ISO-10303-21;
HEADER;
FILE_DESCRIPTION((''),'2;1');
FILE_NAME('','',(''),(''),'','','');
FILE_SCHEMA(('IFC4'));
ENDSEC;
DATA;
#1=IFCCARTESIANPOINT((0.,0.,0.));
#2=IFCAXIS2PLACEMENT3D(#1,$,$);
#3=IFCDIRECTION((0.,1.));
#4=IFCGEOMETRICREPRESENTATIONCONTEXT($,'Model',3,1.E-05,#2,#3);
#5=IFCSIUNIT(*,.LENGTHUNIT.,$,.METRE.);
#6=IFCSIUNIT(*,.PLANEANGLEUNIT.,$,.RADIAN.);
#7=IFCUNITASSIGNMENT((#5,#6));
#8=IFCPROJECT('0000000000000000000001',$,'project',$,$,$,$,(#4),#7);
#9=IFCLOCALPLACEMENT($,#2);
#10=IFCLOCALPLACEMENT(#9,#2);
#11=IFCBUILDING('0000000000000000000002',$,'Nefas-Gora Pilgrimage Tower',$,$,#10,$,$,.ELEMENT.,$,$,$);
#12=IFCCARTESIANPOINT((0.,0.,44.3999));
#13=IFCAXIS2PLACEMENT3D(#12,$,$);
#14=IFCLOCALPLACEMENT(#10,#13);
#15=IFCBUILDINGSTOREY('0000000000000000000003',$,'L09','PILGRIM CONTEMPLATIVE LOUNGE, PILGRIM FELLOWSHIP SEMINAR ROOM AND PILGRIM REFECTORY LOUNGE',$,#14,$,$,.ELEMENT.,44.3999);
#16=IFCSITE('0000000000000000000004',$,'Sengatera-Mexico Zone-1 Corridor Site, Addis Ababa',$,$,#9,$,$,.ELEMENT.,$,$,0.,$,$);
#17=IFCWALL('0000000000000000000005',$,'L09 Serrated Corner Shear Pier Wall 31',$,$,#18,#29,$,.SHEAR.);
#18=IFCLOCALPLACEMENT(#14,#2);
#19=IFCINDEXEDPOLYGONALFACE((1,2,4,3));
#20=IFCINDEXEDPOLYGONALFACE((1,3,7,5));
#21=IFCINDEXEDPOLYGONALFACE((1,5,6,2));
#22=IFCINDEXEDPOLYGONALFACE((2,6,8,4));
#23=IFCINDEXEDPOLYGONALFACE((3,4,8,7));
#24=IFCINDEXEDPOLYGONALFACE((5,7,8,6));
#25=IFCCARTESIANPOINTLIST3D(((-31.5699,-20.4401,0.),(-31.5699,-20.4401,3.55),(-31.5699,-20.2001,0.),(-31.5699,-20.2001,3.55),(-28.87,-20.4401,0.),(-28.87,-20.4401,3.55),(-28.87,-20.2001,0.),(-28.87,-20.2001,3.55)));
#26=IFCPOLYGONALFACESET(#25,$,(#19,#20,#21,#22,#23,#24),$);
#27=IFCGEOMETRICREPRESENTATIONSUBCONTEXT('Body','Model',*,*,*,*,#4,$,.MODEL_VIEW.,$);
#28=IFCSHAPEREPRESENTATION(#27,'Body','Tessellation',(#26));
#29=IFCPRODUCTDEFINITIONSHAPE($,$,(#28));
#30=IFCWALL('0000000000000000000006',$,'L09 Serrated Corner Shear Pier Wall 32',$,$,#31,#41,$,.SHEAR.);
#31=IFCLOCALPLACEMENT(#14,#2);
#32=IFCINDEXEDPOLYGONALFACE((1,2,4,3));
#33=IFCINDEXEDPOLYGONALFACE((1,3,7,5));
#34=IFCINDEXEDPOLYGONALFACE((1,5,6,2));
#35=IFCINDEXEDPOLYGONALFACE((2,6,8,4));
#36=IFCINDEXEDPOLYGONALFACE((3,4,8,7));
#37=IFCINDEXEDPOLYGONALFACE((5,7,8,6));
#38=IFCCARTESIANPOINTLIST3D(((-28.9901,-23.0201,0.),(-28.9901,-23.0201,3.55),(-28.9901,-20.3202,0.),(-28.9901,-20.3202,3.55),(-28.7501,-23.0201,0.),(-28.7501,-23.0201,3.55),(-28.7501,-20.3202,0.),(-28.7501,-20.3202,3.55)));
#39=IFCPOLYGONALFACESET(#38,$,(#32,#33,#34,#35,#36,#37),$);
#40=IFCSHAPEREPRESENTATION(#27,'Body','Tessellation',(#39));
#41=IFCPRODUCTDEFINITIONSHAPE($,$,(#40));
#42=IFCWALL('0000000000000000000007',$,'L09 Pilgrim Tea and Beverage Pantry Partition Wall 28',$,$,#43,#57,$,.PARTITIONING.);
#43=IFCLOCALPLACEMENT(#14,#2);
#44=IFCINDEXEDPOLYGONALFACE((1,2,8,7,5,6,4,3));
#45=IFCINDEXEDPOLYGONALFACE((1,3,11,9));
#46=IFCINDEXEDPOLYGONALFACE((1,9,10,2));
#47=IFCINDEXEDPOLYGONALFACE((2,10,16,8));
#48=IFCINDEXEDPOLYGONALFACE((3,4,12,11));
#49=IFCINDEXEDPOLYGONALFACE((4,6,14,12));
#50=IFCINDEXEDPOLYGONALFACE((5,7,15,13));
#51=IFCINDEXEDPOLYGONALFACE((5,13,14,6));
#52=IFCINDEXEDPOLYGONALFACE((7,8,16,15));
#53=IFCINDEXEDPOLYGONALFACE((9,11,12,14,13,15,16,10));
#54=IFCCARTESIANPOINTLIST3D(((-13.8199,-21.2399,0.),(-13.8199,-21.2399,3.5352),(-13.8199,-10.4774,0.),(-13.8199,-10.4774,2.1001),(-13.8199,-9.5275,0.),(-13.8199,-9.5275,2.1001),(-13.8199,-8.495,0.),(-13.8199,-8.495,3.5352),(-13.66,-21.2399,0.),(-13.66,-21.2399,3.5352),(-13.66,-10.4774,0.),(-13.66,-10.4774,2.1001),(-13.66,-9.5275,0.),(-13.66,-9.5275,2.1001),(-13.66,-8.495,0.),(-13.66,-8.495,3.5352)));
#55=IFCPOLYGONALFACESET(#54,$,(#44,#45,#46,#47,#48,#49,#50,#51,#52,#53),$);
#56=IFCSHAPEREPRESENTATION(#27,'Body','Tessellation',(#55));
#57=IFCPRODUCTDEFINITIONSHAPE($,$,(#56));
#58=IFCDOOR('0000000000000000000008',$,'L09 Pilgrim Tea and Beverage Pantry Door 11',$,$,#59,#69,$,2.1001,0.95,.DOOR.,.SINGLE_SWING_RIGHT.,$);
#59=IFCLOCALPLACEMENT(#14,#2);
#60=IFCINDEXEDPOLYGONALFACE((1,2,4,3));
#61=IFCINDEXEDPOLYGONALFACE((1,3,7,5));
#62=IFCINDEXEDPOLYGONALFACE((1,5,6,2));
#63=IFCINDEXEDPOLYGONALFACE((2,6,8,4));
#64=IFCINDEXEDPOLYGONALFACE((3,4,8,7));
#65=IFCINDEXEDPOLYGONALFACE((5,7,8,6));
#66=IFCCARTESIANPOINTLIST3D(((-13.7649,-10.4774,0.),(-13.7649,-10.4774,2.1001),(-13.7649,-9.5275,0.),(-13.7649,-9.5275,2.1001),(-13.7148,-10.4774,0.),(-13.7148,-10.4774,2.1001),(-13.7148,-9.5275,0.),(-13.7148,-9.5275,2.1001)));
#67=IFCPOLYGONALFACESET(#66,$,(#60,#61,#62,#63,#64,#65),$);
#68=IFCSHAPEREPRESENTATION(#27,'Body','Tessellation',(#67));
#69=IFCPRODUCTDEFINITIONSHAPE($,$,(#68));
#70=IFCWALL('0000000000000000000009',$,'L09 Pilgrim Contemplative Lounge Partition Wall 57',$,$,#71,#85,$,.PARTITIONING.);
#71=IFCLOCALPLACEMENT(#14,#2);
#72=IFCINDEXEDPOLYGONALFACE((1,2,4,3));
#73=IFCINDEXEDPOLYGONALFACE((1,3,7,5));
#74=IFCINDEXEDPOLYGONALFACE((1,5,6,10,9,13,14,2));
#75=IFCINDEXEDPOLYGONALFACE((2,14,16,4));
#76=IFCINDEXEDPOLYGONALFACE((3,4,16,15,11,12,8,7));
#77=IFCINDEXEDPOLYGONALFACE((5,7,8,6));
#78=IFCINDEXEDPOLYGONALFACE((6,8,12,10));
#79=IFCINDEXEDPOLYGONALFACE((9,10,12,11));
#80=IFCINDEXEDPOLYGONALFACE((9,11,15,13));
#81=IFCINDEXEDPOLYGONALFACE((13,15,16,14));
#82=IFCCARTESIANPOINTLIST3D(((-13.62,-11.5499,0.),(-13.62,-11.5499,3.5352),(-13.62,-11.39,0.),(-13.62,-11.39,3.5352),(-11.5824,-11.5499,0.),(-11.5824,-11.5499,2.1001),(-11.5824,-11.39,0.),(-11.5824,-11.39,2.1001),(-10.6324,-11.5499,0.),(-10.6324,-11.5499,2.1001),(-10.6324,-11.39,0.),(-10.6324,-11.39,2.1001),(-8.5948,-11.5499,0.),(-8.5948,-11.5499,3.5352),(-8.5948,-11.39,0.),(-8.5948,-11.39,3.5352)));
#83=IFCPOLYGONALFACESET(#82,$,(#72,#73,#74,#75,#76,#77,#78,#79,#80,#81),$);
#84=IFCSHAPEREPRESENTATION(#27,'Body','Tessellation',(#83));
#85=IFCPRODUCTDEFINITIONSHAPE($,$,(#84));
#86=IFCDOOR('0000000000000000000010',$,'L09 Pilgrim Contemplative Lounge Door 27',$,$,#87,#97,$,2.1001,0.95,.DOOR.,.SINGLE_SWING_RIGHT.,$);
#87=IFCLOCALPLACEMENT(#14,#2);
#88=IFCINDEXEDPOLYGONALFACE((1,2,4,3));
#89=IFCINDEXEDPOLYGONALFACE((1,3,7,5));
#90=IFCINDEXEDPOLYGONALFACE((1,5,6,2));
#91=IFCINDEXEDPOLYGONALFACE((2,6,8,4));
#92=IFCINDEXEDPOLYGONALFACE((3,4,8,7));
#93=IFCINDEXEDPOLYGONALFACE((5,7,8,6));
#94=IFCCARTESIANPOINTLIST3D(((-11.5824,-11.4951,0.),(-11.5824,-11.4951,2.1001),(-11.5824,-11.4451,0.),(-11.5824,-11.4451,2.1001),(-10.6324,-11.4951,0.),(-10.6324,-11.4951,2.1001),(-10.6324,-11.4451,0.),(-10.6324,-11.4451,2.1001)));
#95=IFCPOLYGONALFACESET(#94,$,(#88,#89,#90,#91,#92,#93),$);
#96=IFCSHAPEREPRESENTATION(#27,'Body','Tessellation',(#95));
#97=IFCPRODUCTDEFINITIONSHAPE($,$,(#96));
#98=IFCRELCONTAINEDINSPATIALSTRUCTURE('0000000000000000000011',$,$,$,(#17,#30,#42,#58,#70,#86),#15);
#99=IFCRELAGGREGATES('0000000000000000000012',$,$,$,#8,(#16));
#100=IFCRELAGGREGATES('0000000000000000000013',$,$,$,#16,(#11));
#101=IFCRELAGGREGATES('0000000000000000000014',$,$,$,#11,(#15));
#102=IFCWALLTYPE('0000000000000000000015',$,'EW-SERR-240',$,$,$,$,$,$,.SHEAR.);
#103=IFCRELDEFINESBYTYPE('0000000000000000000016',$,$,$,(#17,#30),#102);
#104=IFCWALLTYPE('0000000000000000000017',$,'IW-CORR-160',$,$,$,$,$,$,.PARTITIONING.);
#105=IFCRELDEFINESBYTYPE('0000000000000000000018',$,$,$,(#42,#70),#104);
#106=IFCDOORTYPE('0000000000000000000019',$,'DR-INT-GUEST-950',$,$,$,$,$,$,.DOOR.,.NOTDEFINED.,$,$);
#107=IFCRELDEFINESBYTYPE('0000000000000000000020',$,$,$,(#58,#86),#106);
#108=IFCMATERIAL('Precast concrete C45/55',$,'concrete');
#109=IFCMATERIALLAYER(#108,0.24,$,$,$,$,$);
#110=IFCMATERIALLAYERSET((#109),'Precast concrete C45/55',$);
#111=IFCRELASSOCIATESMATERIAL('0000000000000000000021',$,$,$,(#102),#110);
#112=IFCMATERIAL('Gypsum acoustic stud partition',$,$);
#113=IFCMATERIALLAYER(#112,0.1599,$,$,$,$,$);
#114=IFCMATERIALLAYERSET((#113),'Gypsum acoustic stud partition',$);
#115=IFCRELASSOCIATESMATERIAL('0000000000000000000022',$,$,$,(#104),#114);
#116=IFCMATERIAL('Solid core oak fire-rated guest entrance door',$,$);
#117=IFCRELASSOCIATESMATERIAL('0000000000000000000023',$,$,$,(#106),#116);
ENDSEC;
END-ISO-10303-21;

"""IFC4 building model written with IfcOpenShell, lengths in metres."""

from ifc_helpers import new_model, si_unit, direction, frame, frame_2d, origin, place, context, subcontext, project, spatial, rectangle, extrude, source, transform, mapped, material, layer, layer_set, type_object, element, fill, save


model = new_model("IFC4")

# Units and contexts
model_context = context("Model", 3, precision=1e-05, world=origin(), true_north=direction((0.0, 1.0)))
body_context = subcontext(model_context, "Body", "Model", "MODEL_VIEW")
ifc_project = project(units=[si_unit("LENGTHUNIT", "METRE"), si_unit("PLANEANGLEUNIT", "RADIAN")], contexts=[model_context])

# Site, building, storey
site_placement = place(None, origin())
site = spatial("IfcSite", under=ifc_project, at=site_placement, Name="Sengatera-Mexico Zone-1 Corridor Site, Addis Ababa", CompositionType="ELEMENT", RefElevation=0.0)
building_placement = place(site_placement, origin())
building = spatial("IfcBuilding", under=site, at=building_placement, Name="Nefas-Gora Pilgrimage Tower", CompositionType="ELEMENT")
storey_placement = place(building_placement, frame((0.0, 0.0, 44.3999)))
storey = spatial("IfcBuildingStorey", under=building, at=storey_placement, Name="L09", Description="PILGRIM CONTEMPLATIVE LOUNGE, PILGRIM FELLOWSHIP SEMINAR ROOM AND PILGRIM REFECTORY LOUNGE", CompositionType="ELEMENT", Elevation=44.3999)

# Shared definitions
ifc_material_1 = material(Name="Precast concrete C45/55", Category="concrete")
ifc_layer_1 = layer(ifc_material_1, 0.24)
ifc_layer_set_1 = layer_set([ifc_layer_1], Name="Precast concrete C45/55")
wall_type_1 = type_object("IfcWallType", Name="EW-SERR-240", PredefinedType="SHEAR", material=ifc_layer_set_1)
shared_shape_1 = source(origin(), body_context, "Body", "SweptSolid", [
    extrude(rectangle(XDim=2.7, YDim=0.24, at=frame_2d((1.3501, 0.0))), origin(), (0.0, 0.0, 1.0), 3.55),
])

# Walls
for number, where, z_axis, x_axis, name in (
    (1, (-31.5701, -20.3201, 0.0), (0.0, 0.0, 1.0), (1.0, 0.0, 0.0), "L09 Serrated Corner Shear Pier Wall 31"),
    (2, (-28.8701, -20.3201, 0.0), (0.0, 0.0, 1.0), (0.0, -1.0, 0.0), "L09 Serrated Corner Shear Pier Wall 32"),
):
    element("IfcWall", number, at=place(storey_placement, frame(where, z_axis=z_axis, x_axis=x_axis)), inside=storey, type_object=wall_type_1, Name=name, PredefinedType="SHEAR", context=body_context, shape_type="MappedRepresentation", body=[
        mapped(shared_shape_1, transform((0.0, 0.0, 0.0), x_axis=(1.0, 0.0, 0.0), y_axis=(0.0, 1.0, 0.0), z_axis=(0.0, 0.0, 1.0), scale=1.0)),
    ])

# Walls, openings, doors
ifc_material_2 = material(Name="Gypsum acoustic stud partition")
ifc_layer_2 = layer(ifc_material_2, 0.1599)
ifc_layer_set_2 = layer_set([ifc_layer_2], Name="Gypsum acoustic stud partition")
wall_type_2 = type_object("IfcWallType", Name="IW-CORR-160", PredefinedType="PARTITIONING", material=ifc_layer_set_2)
shared_shape_2 = source(origin(), body_context, "Body", "SweptSolid", [
    extrude(rectangle(XDim=12.7449, YDim=0.1599, at=frame_2d((6.3726, 0.0))), origin(), (0.0, 0.0, 1.0), 3.5352),
])
wall_1_placement = place(storey_placement, frame((-13.74, -21.24, 0.0), z_axis=(0.0, 0.0, 1.0), x_axis=(0.0, 1.0, 0.0)))
wall_1 = element("IfcWall", 3, at=wall_1_placement, inside=storey, type_object=wall_type_2, Name="L09 Pilgrim Tea and Beverage Pantry Partition Wall 28", PredefinedType="PARTITIONING", context=body_context, shape_type="MappedRepresentation", body=[
    mapped(shared_shape_2, transform((0.0, 0.0, 0.0), x_axis=(1.0, 0.0, 0.0), y_axis=(0.0, 1.0, 0.0), z_axis=(0.0, 0.0, 1.0), scale=1.0)),
])
opening_1_placement = place(wall_1_placement, frame((10.7625, 0.0, 0.0)))
opening_1 = element("IfcOpeningElement", 4, at=opening_1_placement, cuts=wall_1, PredefinedType="OPENING", context=body_context, shape_type="SweptSolid", body=[
    extrude(rectangle(XDim=0.95, YDim=2.1001, at=frame_2d((0.4751, 1.05))), frame((0.0, 0.0898, 0.0), z_axis=(0.0, -1.0, 0.0), x_axis=(1.0, 0.0, 0.0)), (0.0, 0.0, 1.0), 0.1799),
])
ifc_material_3 = material(Name="Solid core oak fire-rated guest entrance door")
door_type = type_object("IfcDoorType", Name="DR-INT-GUEST-950", OperationType="NOTDEFINED", PredefinedType="DOOR", material=ifc_material_3)
shared_shape_3 = source(origin(), body_context, "Body", "SweptSolid", [
    extrude(rectangle(XDim=0.95, YDim=2.1001, at=frame_2d((0.4751, 1.05))), frame((0.0, 0.0249, 0.0), z_axis=(0.0, -1.0, 0.0), x_axis=(1.0, 0.0, 0.0)), (0.0, 0.0, 1.0), 0.05),
])
door_1_placement = place(opening_1_placement, origin())
door_1 = element("IfcDoor", 5, at=door_1_placement, inside=storey, type_object=door_type, Name="L09 Pilgrim Tea and Beverage Pantry Door 11", OperationType="SINGLE_SWING_RIGHT", OverallHeight=2.1001, OverallWidth=0.95, PredefinedType="DOOR", context=body_context, shape_type="MappedRepresentation", body=[
    mapped(shared_shape_3, transform((0.0, 0.0, 0.0), x_axis=(1.0, 0.0, 0.0), y_axis=(0.0, 1.0, 0.0), z_axis=(0.0, 0.0, 1.0), scale=1.0)),
])
fill(opening_1, door_1)
shared_shape_4 = source(origin(), body_context, "Body", "SweptSolid", [
    extrude(rectangle(XDim=5.0251, YDim=0.1599, at=frame_2d((2.5127, 0.0))), origin(), (0.0, 0.0, 1.0), 3.5352),
])
wall_2_placement = place(storey_placement, frame((-13.6201, -11.47, 0.0), z_axis=(0.0, 0.0, 1.0), x_axis=(1.0, 0.0, 0.0)))
wall_2 = element("IfcWall", 6, at=wall_2_placement, inside=storey, type_object=wall_type_2, Name="L09 Pilgrim Contemplative Lounge Partition Wall 57", PredefinedType="PARTITIONING", context=body_context, shape_type="MappedRepresentation", body=[
    mapped(shared_shape_4, transform((0.0, 0.0, 0.0), x_axis=(1.0, 0.0, 0.0), y_axis=(0.0, 1.0, 0.0), z_axis=(0.0, 0.0, 1.0), scale=1.0)),
])
opening_2_placement = place(wall_2_placement, frame((2.0376, 0.0, 0.0)))
opening_2 = element("IfcOpeningElement", 7, at=opening_2_placement, cuts=wall_2, PredefinedType="OPENING", context=body_context, shape_type="SweptSolid", body=[
    extrude(rectangle(XDim=0.95, YDim=2.1001, at=frame_2d((0.4751, 1.05))), frame((0.0, 0.0898, 0.0), z_axis=(0.0, -1.0, 0.0), x_axis=(1.0, 0.0, 0.0)), (0.0, 0.0, 1.0), 0.1799),
])
door_2_placement = place(opening_2_placement, origin())
door_2 = element("IfcDoor", 8, at=door_2_placement, inside=storey, type_object=door_type, Name="L09 Pilgrim Contemplative Lounge Door 27", OperationType="SINGLE_SWING_RIGHT", OverallHeight=2.1001, OverallWidth=0.95, PredefinedType="DOOR", context=body_context, shape_type="MappedRepresentation", body=[
    mapped(shared_shape_3, transform((0.0, 0.0, 0.0), x_axis=(1.0, 0.0, 0.0), y_axis=(0.0, 1.0, 0.0), z_axis=(0.0, 0.0, 1.0), scale=1.0)),
])
fill(opening_2, door_2)

save(model, "model.ifc")
